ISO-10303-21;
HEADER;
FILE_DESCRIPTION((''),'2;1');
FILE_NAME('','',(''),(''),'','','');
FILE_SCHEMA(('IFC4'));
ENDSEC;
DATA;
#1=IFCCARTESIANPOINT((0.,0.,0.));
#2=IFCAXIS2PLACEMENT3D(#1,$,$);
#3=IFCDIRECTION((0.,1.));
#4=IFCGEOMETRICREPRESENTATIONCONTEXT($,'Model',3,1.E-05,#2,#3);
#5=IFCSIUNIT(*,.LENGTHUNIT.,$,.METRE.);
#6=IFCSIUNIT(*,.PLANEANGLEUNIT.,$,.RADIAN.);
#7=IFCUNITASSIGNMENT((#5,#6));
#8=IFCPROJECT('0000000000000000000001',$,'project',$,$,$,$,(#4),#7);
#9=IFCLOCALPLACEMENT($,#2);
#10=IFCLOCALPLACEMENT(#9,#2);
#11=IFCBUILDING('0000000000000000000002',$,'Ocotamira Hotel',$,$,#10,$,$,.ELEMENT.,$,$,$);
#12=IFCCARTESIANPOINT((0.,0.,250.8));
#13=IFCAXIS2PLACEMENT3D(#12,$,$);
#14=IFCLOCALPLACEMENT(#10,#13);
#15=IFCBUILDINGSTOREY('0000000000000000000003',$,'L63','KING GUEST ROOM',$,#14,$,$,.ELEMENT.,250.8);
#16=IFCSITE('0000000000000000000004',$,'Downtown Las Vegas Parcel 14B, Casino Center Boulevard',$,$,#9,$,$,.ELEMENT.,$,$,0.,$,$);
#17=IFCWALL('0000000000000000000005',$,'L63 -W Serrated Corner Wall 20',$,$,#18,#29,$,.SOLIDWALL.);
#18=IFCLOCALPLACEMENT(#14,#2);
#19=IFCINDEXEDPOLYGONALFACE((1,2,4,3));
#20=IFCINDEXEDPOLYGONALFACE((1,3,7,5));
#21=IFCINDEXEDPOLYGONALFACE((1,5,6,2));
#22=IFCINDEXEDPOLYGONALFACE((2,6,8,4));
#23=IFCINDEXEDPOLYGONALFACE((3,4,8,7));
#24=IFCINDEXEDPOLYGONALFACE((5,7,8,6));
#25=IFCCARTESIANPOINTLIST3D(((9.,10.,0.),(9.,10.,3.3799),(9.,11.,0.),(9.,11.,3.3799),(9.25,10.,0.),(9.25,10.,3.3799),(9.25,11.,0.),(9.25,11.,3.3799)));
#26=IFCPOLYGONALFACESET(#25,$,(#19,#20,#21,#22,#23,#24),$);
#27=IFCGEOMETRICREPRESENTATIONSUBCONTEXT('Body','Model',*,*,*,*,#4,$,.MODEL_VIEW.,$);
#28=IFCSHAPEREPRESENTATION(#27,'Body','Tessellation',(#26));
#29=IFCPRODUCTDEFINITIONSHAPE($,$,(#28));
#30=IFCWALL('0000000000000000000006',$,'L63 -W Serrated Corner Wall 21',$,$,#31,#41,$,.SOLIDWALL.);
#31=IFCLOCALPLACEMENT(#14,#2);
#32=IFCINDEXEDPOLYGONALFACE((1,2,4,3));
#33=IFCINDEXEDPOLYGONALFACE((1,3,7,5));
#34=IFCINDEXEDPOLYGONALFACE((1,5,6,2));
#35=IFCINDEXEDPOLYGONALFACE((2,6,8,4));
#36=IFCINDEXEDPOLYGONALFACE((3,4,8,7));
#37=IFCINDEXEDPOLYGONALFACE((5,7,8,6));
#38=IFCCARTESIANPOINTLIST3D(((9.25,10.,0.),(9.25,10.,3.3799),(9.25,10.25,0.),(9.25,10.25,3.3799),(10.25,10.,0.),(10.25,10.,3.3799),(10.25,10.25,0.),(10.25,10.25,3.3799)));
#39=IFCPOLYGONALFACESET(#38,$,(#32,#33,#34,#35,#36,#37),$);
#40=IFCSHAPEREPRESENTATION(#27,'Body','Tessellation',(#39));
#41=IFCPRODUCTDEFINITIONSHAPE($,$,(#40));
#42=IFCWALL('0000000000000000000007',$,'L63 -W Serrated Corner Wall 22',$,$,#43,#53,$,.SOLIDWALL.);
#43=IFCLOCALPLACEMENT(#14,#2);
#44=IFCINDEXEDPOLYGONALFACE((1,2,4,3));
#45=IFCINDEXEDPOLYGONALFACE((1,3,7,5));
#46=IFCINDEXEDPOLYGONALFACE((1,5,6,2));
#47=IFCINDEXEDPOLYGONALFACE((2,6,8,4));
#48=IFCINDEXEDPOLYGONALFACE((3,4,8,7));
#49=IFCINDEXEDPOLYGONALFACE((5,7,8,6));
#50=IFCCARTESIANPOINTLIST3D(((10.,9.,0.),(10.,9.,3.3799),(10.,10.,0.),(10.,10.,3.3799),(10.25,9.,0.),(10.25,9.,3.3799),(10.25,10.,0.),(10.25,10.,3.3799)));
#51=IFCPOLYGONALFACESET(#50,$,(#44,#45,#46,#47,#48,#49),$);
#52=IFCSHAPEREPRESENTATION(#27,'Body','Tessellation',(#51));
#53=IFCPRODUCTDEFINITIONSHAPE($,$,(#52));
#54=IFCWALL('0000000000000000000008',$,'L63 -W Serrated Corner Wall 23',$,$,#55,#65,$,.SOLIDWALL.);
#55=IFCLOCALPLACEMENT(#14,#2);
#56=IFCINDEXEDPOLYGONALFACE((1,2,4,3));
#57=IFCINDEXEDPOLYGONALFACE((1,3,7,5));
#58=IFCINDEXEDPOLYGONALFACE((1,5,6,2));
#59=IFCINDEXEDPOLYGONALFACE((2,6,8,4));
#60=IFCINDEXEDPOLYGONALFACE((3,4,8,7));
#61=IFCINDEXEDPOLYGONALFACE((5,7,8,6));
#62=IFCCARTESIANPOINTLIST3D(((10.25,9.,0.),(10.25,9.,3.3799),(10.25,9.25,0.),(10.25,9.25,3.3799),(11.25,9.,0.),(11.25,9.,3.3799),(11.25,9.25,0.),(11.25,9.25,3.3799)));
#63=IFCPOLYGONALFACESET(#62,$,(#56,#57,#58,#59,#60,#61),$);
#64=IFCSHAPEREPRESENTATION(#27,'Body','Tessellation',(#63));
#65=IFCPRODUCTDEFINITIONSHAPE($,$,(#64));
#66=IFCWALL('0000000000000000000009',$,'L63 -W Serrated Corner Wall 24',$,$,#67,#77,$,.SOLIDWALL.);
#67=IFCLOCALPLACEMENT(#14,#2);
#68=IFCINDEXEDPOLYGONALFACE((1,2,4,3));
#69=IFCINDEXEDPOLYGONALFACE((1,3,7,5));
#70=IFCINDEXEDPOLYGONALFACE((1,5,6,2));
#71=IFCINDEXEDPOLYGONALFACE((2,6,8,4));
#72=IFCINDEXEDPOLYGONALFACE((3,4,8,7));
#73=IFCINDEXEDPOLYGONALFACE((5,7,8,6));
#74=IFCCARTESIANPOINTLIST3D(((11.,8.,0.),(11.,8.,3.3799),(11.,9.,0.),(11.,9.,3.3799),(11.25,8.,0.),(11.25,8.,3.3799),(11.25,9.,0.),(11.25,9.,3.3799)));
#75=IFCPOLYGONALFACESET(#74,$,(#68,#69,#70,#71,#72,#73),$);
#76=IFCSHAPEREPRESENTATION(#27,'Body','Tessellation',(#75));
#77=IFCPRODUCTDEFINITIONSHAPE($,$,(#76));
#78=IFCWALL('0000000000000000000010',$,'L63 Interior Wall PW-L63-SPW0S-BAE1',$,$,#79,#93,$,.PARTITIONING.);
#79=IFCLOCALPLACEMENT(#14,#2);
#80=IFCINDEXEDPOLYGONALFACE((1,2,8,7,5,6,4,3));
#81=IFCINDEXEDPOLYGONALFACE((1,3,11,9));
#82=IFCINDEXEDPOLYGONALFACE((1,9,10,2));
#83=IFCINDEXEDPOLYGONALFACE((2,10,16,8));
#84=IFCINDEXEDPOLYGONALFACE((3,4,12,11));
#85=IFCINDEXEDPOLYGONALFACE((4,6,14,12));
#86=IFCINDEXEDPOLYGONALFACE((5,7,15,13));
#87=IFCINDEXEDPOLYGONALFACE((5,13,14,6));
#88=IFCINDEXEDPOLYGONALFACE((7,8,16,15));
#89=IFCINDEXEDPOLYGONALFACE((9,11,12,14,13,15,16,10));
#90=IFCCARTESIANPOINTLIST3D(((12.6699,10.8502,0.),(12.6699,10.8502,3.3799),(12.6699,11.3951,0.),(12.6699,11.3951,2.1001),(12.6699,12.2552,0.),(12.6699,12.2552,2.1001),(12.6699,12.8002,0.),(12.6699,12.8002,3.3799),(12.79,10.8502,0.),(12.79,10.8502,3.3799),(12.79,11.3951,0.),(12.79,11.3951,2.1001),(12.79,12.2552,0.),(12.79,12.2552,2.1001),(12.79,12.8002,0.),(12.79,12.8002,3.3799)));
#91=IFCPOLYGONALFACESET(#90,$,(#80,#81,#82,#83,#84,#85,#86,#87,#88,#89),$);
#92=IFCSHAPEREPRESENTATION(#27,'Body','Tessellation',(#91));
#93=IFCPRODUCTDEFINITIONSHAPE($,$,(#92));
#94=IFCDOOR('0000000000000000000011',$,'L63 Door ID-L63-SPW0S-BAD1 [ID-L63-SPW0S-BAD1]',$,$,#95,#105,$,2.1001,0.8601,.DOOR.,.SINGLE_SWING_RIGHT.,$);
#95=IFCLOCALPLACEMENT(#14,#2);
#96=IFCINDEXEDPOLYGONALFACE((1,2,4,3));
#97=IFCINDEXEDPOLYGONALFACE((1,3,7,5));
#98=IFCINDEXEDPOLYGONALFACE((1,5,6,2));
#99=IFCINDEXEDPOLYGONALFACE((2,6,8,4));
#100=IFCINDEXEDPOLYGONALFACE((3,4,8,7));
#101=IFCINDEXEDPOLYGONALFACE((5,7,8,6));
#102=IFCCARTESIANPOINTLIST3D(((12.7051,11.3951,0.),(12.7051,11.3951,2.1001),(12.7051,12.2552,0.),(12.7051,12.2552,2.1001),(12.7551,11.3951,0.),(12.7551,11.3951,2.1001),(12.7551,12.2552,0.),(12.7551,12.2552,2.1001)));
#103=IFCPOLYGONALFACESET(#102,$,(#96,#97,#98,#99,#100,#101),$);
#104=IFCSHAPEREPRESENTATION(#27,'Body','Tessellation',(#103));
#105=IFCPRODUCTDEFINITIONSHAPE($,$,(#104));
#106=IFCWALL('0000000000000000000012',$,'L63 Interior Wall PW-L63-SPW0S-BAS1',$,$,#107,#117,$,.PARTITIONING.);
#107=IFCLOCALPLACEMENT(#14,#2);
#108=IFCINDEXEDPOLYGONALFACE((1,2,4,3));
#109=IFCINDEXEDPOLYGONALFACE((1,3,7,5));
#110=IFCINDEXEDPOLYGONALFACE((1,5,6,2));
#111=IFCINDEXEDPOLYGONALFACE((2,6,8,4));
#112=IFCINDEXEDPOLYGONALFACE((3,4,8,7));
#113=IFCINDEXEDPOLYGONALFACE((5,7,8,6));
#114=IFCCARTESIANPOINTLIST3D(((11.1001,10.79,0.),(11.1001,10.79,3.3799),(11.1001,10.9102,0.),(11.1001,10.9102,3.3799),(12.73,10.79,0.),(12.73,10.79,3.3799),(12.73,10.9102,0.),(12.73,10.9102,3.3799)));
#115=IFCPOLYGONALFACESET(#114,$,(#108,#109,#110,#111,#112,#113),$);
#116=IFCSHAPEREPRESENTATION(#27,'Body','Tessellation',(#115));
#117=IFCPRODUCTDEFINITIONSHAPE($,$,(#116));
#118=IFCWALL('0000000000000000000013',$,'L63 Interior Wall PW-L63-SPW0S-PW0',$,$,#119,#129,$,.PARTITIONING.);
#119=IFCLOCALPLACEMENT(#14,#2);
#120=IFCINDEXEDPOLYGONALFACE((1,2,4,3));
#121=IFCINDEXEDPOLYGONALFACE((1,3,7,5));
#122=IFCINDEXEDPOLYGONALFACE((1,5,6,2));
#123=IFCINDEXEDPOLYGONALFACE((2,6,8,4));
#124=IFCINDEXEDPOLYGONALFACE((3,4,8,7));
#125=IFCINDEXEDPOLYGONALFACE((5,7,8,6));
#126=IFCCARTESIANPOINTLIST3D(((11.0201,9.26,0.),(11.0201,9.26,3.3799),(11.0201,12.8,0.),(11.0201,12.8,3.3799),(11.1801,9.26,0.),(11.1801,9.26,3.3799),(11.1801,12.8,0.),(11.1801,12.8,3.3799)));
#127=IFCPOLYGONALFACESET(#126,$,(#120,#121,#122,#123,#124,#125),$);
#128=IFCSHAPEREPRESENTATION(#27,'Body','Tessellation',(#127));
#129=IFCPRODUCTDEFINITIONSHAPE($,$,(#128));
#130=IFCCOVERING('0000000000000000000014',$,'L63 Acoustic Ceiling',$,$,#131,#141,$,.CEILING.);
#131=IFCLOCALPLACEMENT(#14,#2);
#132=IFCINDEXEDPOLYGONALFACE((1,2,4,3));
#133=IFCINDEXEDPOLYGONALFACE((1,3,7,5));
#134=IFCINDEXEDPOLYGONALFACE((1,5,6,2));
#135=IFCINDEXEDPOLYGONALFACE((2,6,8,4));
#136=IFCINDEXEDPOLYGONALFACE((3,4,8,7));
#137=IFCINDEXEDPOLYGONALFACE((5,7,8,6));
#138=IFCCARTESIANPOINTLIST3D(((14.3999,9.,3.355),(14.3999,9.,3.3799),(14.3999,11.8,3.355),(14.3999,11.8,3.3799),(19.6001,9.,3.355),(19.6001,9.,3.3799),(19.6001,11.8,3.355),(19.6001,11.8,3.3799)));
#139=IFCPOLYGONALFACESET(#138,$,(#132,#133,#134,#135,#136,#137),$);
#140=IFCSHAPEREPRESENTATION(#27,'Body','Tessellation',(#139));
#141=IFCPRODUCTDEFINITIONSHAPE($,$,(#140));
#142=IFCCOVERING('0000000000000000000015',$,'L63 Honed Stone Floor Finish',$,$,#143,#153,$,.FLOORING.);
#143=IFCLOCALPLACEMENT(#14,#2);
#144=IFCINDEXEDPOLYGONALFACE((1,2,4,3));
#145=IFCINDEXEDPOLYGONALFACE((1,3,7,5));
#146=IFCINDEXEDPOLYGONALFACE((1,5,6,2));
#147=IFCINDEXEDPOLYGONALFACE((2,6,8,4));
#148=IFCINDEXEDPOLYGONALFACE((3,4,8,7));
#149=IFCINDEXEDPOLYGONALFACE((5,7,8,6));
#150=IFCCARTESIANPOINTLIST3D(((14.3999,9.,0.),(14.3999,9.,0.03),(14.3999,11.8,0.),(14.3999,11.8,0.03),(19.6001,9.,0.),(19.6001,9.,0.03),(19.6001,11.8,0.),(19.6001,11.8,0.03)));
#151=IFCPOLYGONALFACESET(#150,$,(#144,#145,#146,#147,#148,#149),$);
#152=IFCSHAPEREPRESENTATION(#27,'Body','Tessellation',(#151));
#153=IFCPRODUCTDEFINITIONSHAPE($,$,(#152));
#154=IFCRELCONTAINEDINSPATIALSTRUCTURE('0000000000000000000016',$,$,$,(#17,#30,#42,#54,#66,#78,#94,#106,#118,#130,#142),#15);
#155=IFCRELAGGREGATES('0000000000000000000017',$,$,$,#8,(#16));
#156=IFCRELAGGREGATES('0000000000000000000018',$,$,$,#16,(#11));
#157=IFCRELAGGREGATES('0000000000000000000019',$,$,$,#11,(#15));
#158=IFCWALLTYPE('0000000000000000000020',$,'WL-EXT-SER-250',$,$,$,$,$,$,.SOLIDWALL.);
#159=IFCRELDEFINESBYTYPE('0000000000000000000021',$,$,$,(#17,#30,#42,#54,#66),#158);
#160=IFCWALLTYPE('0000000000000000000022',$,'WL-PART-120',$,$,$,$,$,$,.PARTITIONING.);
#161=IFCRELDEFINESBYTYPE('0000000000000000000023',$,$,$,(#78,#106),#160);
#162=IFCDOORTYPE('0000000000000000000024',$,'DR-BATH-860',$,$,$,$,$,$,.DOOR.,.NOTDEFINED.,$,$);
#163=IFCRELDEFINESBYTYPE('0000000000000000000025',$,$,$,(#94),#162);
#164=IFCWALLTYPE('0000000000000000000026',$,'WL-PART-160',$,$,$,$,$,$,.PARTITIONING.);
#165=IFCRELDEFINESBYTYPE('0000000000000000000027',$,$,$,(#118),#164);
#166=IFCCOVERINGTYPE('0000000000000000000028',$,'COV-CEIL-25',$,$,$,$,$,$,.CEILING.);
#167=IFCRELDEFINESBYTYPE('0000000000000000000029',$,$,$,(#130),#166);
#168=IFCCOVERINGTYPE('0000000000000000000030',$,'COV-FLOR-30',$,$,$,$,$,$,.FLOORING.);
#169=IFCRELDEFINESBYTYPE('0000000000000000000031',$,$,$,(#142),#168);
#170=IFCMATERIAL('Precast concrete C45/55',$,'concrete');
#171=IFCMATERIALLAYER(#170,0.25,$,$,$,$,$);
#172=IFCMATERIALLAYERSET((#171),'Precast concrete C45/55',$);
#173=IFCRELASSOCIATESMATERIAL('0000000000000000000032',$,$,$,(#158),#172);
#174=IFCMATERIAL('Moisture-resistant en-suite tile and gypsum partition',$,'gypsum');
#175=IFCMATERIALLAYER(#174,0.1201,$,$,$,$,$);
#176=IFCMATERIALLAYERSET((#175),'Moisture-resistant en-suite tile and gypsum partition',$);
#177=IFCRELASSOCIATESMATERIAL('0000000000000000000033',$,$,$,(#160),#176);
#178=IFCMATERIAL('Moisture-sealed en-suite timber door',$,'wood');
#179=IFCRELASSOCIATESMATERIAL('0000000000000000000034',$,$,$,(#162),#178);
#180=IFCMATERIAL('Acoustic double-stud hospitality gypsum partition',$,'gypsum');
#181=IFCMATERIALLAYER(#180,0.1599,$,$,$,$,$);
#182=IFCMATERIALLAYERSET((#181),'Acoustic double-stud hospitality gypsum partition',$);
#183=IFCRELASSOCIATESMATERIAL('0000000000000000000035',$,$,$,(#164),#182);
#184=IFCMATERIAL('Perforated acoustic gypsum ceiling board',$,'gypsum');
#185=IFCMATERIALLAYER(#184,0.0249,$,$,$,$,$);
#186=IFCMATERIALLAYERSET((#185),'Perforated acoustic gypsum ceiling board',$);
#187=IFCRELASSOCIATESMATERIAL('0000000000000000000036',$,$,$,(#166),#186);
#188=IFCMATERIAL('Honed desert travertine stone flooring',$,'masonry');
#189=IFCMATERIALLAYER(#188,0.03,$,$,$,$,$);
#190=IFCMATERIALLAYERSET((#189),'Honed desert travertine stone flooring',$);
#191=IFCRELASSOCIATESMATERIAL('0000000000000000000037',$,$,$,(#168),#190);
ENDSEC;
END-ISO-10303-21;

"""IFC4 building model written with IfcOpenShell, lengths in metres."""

from ifc_helpers import new_model, si_unit, direction, frame, frame_2d, origin, place, context, subcontext, project, spatial, polyline, rectangle, outline, extrude, source, transform, mapped, material, layer, layer_set, type_object, element, fill, save


model = new_model("IFC4")

# Units and contexts
model_context = context("Model", 3, precision=1e-05, world=origin(), true_north=direction((0.0, 1.0)))
body_context = subcontext(model_context, "Body", "Model", "MODEL_VIEW")
ifc_project = project(units=[si_unit("LENGTHUNIT", "METRE"), si_unit("PLANEANGLEUNIT", "RADIAN")], contexts=[model_context])

# Site, building, storey
site_placement = place(None, origin())
site = spatial("IfcSite", under=ifc_project, at=site_placement, Name="Downtown Las Vegas Parcel 14B, Casino Center Boulevard", CompositionType="ELEMENT", RefElevation=0.0)
building_placement = place(site_placement, origin())
building = spatial("IfcBuilding", under=site, at=building_placement, Name="Ocotamira Hotel", CompositionType="ELEMENT")
storey_placement = place(building_placement, frame((0.0, 0.0, 250.8)))
storey = spatial("IfcBuildingStorey", under=building, at=storey_placement, Name="L63", Description="KING GUEST ROOM", CompositionType="ELEMENT", Elevation=250.8)

# Walls
ifc_material_1 = material(Name="Precast concrete C45/55", Category="concrete")
ifc_layer_1 = layer(ifc_material_1, 0.25)
ifc_layer_set_1 = layer_set([ifc_layer_1], Name="Precast concrete C45/55")
wall_type_1 = type_object("IfcWallType", Name="WL-EXT-SER-250", PredefinedType="SOLIDWALL", material=ifc_layer_set_1)
for number, where, z_axis, x_axis, name in (
    (1, (9.125, 11.0, 0.0), (0.0, 0.0, 1.0), (0.0, -1.0, 0.0), "L63 -W Serrated Corner Wall 20"),
    (2, (9.25, 10.125, 0.0), (0.0, 0.0, 1.0), (1.0, 0.0, 0.0), "L63 -W Serrated Corner Wall 21"),
    (3, (10.125, 10.0, 0.0), (0.0, 0.0, 1.0), (0.0, -1.0, 0.0), "L63 -W Serrated Corner Wall 22"),
    (4, (10.25, 9.125, 0.0), (0.0, 0.0, 1.0), (1.0, 0.0, 0.0), "L63 -W Serrated Corner Wall 23"),
    (5, (11.125, 9.0, 0.0), (0.0, 0.0, 1.0), (0.0, -1.0, 0.0), "L63 -W Serrated Corner Wall 24"),
):
    element("IfcWall", number, at=place(storey_placement, frame(where, z_axis=z_axis, x_axis=x_axis)), inside=storey, type_object=wall_type_1, Name=name, PredefinedType="SOLIDWALL", context=body_context, shape_type="SweptSolid", body=[
        extrude(rectangle(XDim=1.0, YDim=0.25, at=frame_2d((0.5, 0.0))), origin(), (0.0, 0.0, 1.0), 3.3799),
    ])

# Wall, opening, door
ifc_material_2 = material(Name="Moisture-resistant en-suite tile and gypsum partition", Category="gypsum")
ifc_layer_2 = layer(ifc_material_2, 0.1201)
ifc_layer_set_2 = layer_set([ifc_layer_2], Name="Moisture-resistant en-suite tile and gypsum partition")
wall_type_2 = type_object("IfcWallType", Name="WL-PART-120", PredefinedType="PARTITIONING", material=ifc_layer_set_2)
wall_1_placement = place(storey_placement, frame((12.73, 10.8501, 0.0), z_axis=(0.0, 0.0, 1.0), x_axis=(0.0, 1.0, 0.0)))
wall_1 = element("IfcWall", 6, at=wall_1_placement, inside=storey, type_object=wall_type_2, Name="L63 Interior Wall PW-L63-SPW0S-BAE1", PredefinedType="PARTITIONING", context=body_context, shape_type="SweptSolid", body=[
    extrude(rectangle(XDim=1.95, YDim=0.1201, at=frame_2d((0.9751, 0.0))), origin(), (0.0, 0.0, 1.0), 3.3799),
])
opening_1_placement = place(wall_1_placement, frame((0.5449, 0.0, 0.0)))
opening_1 = element("IfcOpeningElement", 7, at=opening_1_placement, cuts=wall_1, PredefinedType="OPENING", context=body_context, shape_type="SweptSolid", body=[
    extrude(rectangle(XDim=0.8601, YDim=2.1001, at=frame_2d((0.4302, 1.05))), frame((0.0, 0.0701, 0.0), z_axis=(0.0, -1.0, 0.0), x_axis=(1.0, 0.0, 0.0)), (0.0, 0.0, 1.0), 0.1401),
])
ifc_material_3 = material(Name="Moisture-sealed en-suite timber door", Category="wood")
door_type = type_object("IfcDoorType", Name="DR-BATH-860", OperationType="NOTDEFINED", PredefinedType="DOOR", material=ifc_material_3)
shared_shape_1 = source(origin(), body_context, "Body", "SweptSolid", [
    extrude(rectangle(XDim=0.8601, YDim=2.1001, at=frame_2d((0.4302, 1.05))), frame((0.0, 0.0249, 0.0), z_axis=(0.0, -1.0, 0.0), x_axis=(1.0, 0.0, 0.0)), (0.0, 0.0, 1.0), 0.05),
])
door_placement = place(opening_1_placement, origin())
door = element("IfcDoor", 8, at=door_placement, inside=storey, type_object=door_type, Name="L63 Door ID-L63-SPW0S-BAD1 [ID-L63-SPW0S-BAD1]", OperationType="SINGLE_SWING_RIGHT", OverallHeight=2.1001, OverallWidth=0.8601, PredefinedType="DOOR", context=body_context, shape_type="MappedRepresentation", body=[
    mapped(shared_shape_1, transform((0.0, 0.0, 0.0), scale=1.0)),
])
fill(opening_1, door)

# Walls
wall_2_placement = place(storey_placement, frame((11.1001, 10.8501, 0.0), z_axis=(0.0, 0.0, 1.0), x_axis=(1.0, 0.0, 0.0)))
element("IfcWall", 9, at=wall_2_placement, inside=storey, type_object=wall_type_2, Name="L63 Interior Wall PW-L63-SPW0S-BAS1", PredefinedType="PARTITIONING", context=body_context, shape_type="SweptSolid", body=[
    extrude(rectangle(XDim=1.6299, YDim=0.1201, at=frame_2d((0.8149, 0.0))), origin(), (0.0, 0.0, 1.0), 3.3799),
])
ifc_material_4 = material(Name="Acoustic double-stud hospitality gypsum partition", Category="gypsum")
ifc_layer_3 = layer(ifc_material_4, 0.1599)
ifc_layer_set_3 = layer_set([ifc_layer_3], Name="Acoustic double-stud hospitality gypsum partition")
wall_type_3 = type_object("IfcWallType", Name="WL-PART-160", PredefinedType="PARTITIONING", material=ifc_layer_set_3)
wall_3_placement = place(storey_placement, frame((11.1001, 9.26, 0.0), z_axis=(0.0, 0.0, 1.0), x_axis=(0.0, 1.0, 0.0)))
element("IfcWall", 10, at=wall_3_placement, inside=storey, type_object=wall_type_3, Name="L63 Interior Wall PW-L63-SPW0S-PW0", PredefinedType="PARTITIONING", context=body_context, shape_type="SweptSolid", body=[
    extrude(rectangle(XDim=3.54, YDim=0.1599, at=frame_2d((1.77, 0.0))), origin(), (0.0, 0.0, 1.0), 3.3799),
])

# Coverings
ifc_material_5 = material(Name="Perforated acoustic gypsum ceiling board", Category="gypsum")
ifc_layer_4 = layer(ifc_material_5, 0.0249)
ifc_layer_set_4 = layer_set([ifc_layer_4], Name="Perforated acoustic gypsum ceiling board")
covering_type_1 = type_object("IfcCoveringType", Name="COV-CEIL-25", PredefinedType="CEILING", material=ifc_layer_set_4)
covering_1_placement = place(storey_placement, frame((0.0, 0.0, 3.355)))
element("IfcCovering", 11, at=covering_1_placement, inside=storey, type_object=covering_type_1, Name="L63 Acoustic Ceiling", PredefinedType="CEILING", context=body_context, shape_type="SweptSolid", body=[
    extrude(outline(polyline([(14.3999, 9.0), (19.6001, 9.0), (19.6001, 11.8), (14.3999, 11.8), (14.3999, 9.0)])), origin(), (0.0, 0.0, 1.0), 0.0249),
])
ifc_material_6 = material(Name="Honed desert travertine stone flooring", Category="masonry")
ifc_layer_5 = layer(ifc_material_6, 0.03)
ifc_layer_set_5 = layer_set([ifc_layer_5], Name="Honed desert travertine stone flooring")
covering_type_2 = type_object("IfcCoveringType", Name="COV-FLOR-30", PredefinedType="FLOORING", material=ifc_layer_set_5)
covering_2_placement = place(storey_placement, origin())
element("IfcCovering", 12, at=covering_2_placement, inside=storey, type_object=covering_type_2, Name="L63 Honed Stone Floor Finish", PredefinedType="FLOORING", context=body_context, shape_type="SweptSolid", body=[
    extrude(outline(polyline([(14.3999, 9.0), (19.6001, 9.0), (19.6001, 11.8), (14.3999, 11.8), (14.3999, 9.0)])), origin(), (0.0, 0.0, 1.0), 0.03),
])

save(model, "model.ifc")
